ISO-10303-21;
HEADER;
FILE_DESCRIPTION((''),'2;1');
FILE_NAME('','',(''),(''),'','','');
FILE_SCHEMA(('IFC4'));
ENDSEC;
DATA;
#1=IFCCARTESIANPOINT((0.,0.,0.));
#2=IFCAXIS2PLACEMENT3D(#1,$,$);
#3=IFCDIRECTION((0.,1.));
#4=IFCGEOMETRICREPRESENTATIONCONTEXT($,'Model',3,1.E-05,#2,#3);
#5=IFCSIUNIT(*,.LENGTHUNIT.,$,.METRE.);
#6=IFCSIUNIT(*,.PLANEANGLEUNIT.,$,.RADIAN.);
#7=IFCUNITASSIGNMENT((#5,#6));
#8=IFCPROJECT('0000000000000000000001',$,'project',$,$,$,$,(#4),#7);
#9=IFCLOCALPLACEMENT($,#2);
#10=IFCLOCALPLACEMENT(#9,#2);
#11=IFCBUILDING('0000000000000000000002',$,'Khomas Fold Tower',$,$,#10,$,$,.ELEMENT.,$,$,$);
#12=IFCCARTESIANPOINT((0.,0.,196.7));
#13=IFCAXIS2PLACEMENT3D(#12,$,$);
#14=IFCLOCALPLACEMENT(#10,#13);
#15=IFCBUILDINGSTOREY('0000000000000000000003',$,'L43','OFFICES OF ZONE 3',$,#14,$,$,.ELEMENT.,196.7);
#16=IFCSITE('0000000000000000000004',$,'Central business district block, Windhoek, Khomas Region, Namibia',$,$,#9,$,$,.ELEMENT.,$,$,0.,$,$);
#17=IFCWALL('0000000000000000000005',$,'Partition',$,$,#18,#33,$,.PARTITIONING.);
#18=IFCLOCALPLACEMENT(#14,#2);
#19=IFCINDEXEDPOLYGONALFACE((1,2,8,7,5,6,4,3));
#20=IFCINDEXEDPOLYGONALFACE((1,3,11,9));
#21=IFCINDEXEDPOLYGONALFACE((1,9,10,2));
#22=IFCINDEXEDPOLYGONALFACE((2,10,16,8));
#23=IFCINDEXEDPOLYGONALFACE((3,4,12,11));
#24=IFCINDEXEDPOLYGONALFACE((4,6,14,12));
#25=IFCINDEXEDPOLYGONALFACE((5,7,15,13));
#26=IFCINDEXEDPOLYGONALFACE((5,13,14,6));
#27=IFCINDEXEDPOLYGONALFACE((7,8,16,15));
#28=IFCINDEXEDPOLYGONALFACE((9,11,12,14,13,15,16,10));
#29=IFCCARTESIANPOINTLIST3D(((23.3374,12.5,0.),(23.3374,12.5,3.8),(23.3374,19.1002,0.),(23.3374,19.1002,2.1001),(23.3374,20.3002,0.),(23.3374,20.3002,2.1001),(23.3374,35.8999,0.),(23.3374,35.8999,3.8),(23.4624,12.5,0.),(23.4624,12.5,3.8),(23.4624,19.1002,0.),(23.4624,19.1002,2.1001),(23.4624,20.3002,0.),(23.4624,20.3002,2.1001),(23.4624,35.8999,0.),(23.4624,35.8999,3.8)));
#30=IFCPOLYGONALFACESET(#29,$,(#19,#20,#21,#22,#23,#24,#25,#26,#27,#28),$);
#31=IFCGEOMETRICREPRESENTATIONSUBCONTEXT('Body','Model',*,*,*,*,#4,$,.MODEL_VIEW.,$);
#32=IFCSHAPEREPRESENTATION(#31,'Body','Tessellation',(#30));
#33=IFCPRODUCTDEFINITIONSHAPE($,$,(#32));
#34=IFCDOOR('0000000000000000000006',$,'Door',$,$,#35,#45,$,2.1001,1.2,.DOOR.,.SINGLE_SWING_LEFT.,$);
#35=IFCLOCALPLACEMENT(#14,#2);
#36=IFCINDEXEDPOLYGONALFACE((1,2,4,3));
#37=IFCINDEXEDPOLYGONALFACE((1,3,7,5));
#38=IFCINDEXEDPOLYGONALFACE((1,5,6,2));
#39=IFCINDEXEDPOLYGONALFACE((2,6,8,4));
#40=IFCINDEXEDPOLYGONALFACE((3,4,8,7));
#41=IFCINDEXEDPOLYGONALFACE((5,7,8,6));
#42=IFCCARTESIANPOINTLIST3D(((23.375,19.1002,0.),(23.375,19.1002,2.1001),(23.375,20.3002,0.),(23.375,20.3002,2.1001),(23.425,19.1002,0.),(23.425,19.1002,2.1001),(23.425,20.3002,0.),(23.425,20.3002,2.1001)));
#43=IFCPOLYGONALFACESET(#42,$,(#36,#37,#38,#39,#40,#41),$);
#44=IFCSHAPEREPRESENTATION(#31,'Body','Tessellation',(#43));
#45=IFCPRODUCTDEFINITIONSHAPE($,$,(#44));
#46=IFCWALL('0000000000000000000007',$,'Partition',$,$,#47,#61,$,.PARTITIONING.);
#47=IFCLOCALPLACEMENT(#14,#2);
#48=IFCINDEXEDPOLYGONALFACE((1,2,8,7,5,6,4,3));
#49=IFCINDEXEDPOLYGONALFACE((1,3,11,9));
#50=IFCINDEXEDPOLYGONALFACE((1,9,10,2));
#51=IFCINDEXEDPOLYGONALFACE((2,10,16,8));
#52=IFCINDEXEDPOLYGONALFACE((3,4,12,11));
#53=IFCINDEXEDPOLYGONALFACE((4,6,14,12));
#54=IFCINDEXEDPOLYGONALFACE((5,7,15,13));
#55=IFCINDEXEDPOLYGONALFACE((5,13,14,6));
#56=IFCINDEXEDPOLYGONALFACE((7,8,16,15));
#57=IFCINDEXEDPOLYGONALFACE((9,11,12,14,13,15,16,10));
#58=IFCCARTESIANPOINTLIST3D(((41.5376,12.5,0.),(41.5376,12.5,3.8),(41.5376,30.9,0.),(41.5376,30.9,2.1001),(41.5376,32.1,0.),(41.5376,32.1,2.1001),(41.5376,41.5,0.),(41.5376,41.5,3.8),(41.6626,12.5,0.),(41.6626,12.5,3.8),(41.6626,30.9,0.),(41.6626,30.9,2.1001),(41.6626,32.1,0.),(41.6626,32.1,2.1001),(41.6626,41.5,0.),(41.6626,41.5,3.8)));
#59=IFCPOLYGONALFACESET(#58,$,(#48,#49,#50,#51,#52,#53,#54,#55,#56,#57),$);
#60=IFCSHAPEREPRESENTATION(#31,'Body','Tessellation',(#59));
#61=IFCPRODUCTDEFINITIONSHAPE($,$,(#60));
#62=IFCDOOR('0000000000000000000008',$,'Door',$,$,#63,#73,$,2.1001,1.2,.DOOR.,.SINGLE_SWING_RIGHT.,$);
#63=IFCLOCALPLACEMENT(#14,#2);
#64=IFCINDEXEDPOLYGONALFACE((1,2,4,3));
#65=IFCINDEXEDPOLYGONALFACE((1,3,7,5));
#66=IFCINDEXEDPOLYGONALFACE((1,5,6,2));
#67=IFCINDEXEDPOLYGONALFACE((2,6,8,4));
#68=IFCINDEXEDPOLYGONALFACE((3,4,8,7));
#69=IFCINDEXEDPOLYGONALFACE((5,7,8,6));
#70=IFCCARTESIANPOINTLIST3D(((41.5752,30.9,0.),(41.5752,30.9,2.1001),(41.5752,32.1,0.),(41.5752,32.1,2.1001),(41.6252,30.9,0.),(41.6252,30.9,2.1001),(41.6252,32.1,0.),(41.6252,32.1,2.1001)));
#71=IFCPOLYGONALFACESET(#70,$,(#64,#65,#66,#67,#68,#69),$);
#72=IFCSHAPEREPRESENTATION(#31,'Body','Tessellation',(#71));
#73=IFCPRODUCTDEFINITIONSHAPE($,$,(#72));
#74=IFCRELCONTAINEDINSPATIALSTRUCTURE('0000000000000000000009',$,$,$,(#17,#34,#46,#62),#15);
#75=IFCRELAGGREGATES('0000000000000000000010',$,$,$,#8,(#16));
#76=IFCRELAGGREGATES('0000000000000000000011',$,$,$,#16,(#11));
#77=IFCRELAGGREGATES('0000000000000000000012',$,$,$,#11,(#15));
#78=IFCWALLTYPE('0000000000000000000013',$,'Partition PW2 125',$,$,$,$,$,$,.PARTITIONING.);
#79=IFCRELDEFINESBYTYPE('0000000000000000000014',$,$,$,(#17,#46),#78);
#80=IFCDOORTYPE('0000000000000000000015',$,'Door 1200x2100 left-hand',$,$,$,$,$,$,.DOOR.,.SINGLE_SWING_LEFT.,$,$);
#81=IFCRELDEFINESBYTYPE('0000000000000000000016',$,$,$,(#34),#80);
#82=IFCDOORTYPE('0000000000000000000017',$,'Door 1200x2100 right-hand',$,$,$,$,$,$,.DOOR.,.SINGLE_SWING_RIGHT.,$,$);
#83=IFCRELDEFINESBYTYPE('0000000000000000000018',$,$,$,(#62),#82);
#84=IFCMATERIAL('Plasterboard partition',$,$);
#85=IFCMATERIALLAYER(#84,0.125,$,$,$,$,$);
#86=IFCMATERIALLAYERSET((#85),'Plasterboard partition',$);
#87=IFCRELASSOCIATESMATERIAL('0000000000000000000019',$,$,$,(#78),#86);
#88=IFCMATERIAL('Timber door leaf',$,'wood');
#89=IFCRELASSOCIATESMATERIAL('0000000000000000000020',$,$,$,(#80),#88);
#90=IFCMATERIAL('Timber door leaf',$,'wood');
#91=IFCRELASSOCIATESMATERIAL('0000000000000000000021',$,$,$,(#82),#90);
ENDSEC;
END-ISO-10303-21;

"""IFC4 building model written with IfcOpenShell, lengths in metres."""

from ifc_helpers import new_model, si_unit, direction, frame, frame_2d, origin, place, context, subcontext, project, spatial, rectangle, extrude, source, transform, mapped, material, layer, layer_set, type_object, element, fill, save


model = new_model("IFC4")

# Units and contexts
model_context = context("Model", 3, precision=1e-05, world=origin(), true_north=direction((0.0, 1.0)))
body_context = subcontext(model_context, "Body", "Model", "MODEL_VIEW")
ifc_project = project(units=[si_unit("LENGTHUNIT", "METRE"), si_unit("PLANEANGLEUNIT", "RADIAN")], contexts=[model_context])

# Site, building, storey
site_placement = place(None, origin())
site = spatial("IfcSite", under=ifc_project, at=site_placement, Name="Central business district block, Windhoek, Khomas Region, Namibia", CompositionType="ELEMENT", RefElevation=0.0)
building_placement = place(site_placement, origin())
building = spatial("IfcBuilding", under=site, at=building_placement, Name="Khomas Fold Tower", CompositionType="ELEMENT")
storey_placement = place(building_placement, frame((0.0, 0.0, 196.7)))
storey = spatial("IfcBuildingStorey", under=building, at=storey_placement, Name="L43", Description="OFFICES OF ZONE 3", CompositionType="ELEMENT", Elevation=196.7)

# Walls, openings, doors
ifc_material_1 = material(Name="Plasterboard partition")
ifc_layer_1 = layer(ifc_material_1, 0.125)
ifc_layer_set_1 = layer_set([ifc_layer_1], Name="Plasterboard partition")
wall_type_1 = type_object("IfcWallType", Name="Partition PW2 125", PredefinedType="PARTITIONING", material=ifc_layer_set_1)
shared_shape_1 = source(origin(), body_context, "Body", "SweptSolid", [
    extrude(rectangle(XDim=23.3999, YDim=0.125, at=frame_2d((11.7, 0.0))), origin(), (0.0, 0.0, 1.0), 3.8),
])
wall_1_placement = place(storey_placement, frame((23.3999, 12.5, 0.0), z_axis=(0.0, 0.0, 1.0), x_axis=(0.0, 1.0, 0.0)))
wall_1 = element("IfcWall", 1, at=wall_1_placement, inside=storey, type_object=wall_type_1, Name="Partition", PredefinedType="PARTITIONING", context=body_context, shape_type="MappedRepresentation", body=[
    mapped(shared_shape_1, transform((0.0, 0.0, 0.0))),
])
shared_shape_2 = source(origin(), body_context, "Body", "SweptSolid", [
    extrude(rectangle(XDim=1.2, YDim=2.1001, at=frame_2d((0.6001, 1.05))), frame((0.0, 0.0725, 0.0), z_axis=(0.0, -1.0, 0.0), x_axis=(1.0, 0.0, 0.0)), (0.0, 0.0, 1.0), 0.145),
])
opening_1_placement = place(wall_1_placement, frame((6.6001, 0.0, 0.0)))
opening_1 = element("IfcOpeningElement", 2, at=opening_1_placement, cuts=wall_1, PredefinedType="OPENING", context=body_context, shape_type="MappedRepresentation", body=[
    mapped(shared_shape_2, transform((0.0, 0.0, 0.0))),
])
ifc_material_2 = material(Name="Timber door leaf", Category="wood")
door_type_1 = type_object("IfcDoorType", Name="Door 1200x2100 left-hand", OperationType="SINGLE_SWING_LEFT", PredefinedType="DOOR", material=ifc_material_2)
shared_shape_3 = source(origin(), body_context, "Body", "SweptSolid", [
    extrude(rectangle(XDim=1.2, YDim=2.1001, at=frame_2d((0.6001, 1.05))), frame((0.0, 0.0249, 0.0), z_axis=(0.0, -1.0, 0.0), x_axis=(1.0, 0.0, 0.0)), (0.0, 0.0, 1.0), 0.05),
])
door_1_placement = place(opening_1_placement, origin())
door_1 = element("IfcDoor", 3, at=door_1_placement, inside=storey, type_object=door_type_1, Name="Door", OperationType="SINGLE_SWING_LEFT", OverallHeight=2.1001, OverallWidth=1.2, PredefinedType="DOOR", context=body_context, shape_type="MappedRepresentation", body=[
    mapped(shared_shape_3, transform((0.0, 0.0, 0.0))),
])
fill(opening_1, door_1)
shared_shape_4 = source(origin(), body_context, "Body", "SweptSolid", [
    extrude(rectangle(XDim=29.0, YDim=0.125, at=frame_2d((14.5, 0.0))), origin(), (0.0, 0.0, 1.0), 3.8),
])
wall_2_placement = place(storey_placement, frame((41.6001, 12.5, 0.0), z_axis=(0.0, 0.0, 1.0), x_axis=(0.0, 1.0, 0.0)))
wall_2 = element("IfcWall", 4, at=wall_2_placement, inside=storey, type_object=wall_type_1, Name="Partition", PredefinedType="PARTITIONING", context=body_context, shape_type="MappedRepresentation", body=[
    mapped(shared_shape_4, transform((0.0, 0.0, 0.0))),
])
opening_2_placement = place(wall_2_placement, frame((18.3999, 0.0, 0.0)))
opening_2 = element("IfcOpeningElement", 5, at=opening_2_placement, cuts=wall_2, PredefinedType="OPENING", context=body_context, shape_type="MappedRepresentation", body=[
    mapped(shared_shape_2, transform((0.0, 0.0, 0.0))),
])
ifc_material_3 = material(Name="Timber door leaf", Category="wood")
door_type_2 = type_object("IfcDoorType", Name="Door 1200x2100 right-hand", OperationType="SINGLE_SWING_RIGHT", PredefinedType="DOOR", material=ifc_material_3)
door_2_placement = place(opening_2_placement, origin())
door_2 = element("IfcDoor", 6, at=door_2_placement, inside=storey, type_object=door_type_2, Name="Door", OperationType="SINGLE_SWING_RIGHT", OverallHeight=2.1001, OverallWidth=1.2, PredefinedType="DOOR", context=body_context, shape_type="MappedRepresentation", body=[
    mapped(shared_shape_3, transform((0.0, 0.0, 0.0))),
])
fill(opening_2, door_2)

save(model, "model.ifc")
